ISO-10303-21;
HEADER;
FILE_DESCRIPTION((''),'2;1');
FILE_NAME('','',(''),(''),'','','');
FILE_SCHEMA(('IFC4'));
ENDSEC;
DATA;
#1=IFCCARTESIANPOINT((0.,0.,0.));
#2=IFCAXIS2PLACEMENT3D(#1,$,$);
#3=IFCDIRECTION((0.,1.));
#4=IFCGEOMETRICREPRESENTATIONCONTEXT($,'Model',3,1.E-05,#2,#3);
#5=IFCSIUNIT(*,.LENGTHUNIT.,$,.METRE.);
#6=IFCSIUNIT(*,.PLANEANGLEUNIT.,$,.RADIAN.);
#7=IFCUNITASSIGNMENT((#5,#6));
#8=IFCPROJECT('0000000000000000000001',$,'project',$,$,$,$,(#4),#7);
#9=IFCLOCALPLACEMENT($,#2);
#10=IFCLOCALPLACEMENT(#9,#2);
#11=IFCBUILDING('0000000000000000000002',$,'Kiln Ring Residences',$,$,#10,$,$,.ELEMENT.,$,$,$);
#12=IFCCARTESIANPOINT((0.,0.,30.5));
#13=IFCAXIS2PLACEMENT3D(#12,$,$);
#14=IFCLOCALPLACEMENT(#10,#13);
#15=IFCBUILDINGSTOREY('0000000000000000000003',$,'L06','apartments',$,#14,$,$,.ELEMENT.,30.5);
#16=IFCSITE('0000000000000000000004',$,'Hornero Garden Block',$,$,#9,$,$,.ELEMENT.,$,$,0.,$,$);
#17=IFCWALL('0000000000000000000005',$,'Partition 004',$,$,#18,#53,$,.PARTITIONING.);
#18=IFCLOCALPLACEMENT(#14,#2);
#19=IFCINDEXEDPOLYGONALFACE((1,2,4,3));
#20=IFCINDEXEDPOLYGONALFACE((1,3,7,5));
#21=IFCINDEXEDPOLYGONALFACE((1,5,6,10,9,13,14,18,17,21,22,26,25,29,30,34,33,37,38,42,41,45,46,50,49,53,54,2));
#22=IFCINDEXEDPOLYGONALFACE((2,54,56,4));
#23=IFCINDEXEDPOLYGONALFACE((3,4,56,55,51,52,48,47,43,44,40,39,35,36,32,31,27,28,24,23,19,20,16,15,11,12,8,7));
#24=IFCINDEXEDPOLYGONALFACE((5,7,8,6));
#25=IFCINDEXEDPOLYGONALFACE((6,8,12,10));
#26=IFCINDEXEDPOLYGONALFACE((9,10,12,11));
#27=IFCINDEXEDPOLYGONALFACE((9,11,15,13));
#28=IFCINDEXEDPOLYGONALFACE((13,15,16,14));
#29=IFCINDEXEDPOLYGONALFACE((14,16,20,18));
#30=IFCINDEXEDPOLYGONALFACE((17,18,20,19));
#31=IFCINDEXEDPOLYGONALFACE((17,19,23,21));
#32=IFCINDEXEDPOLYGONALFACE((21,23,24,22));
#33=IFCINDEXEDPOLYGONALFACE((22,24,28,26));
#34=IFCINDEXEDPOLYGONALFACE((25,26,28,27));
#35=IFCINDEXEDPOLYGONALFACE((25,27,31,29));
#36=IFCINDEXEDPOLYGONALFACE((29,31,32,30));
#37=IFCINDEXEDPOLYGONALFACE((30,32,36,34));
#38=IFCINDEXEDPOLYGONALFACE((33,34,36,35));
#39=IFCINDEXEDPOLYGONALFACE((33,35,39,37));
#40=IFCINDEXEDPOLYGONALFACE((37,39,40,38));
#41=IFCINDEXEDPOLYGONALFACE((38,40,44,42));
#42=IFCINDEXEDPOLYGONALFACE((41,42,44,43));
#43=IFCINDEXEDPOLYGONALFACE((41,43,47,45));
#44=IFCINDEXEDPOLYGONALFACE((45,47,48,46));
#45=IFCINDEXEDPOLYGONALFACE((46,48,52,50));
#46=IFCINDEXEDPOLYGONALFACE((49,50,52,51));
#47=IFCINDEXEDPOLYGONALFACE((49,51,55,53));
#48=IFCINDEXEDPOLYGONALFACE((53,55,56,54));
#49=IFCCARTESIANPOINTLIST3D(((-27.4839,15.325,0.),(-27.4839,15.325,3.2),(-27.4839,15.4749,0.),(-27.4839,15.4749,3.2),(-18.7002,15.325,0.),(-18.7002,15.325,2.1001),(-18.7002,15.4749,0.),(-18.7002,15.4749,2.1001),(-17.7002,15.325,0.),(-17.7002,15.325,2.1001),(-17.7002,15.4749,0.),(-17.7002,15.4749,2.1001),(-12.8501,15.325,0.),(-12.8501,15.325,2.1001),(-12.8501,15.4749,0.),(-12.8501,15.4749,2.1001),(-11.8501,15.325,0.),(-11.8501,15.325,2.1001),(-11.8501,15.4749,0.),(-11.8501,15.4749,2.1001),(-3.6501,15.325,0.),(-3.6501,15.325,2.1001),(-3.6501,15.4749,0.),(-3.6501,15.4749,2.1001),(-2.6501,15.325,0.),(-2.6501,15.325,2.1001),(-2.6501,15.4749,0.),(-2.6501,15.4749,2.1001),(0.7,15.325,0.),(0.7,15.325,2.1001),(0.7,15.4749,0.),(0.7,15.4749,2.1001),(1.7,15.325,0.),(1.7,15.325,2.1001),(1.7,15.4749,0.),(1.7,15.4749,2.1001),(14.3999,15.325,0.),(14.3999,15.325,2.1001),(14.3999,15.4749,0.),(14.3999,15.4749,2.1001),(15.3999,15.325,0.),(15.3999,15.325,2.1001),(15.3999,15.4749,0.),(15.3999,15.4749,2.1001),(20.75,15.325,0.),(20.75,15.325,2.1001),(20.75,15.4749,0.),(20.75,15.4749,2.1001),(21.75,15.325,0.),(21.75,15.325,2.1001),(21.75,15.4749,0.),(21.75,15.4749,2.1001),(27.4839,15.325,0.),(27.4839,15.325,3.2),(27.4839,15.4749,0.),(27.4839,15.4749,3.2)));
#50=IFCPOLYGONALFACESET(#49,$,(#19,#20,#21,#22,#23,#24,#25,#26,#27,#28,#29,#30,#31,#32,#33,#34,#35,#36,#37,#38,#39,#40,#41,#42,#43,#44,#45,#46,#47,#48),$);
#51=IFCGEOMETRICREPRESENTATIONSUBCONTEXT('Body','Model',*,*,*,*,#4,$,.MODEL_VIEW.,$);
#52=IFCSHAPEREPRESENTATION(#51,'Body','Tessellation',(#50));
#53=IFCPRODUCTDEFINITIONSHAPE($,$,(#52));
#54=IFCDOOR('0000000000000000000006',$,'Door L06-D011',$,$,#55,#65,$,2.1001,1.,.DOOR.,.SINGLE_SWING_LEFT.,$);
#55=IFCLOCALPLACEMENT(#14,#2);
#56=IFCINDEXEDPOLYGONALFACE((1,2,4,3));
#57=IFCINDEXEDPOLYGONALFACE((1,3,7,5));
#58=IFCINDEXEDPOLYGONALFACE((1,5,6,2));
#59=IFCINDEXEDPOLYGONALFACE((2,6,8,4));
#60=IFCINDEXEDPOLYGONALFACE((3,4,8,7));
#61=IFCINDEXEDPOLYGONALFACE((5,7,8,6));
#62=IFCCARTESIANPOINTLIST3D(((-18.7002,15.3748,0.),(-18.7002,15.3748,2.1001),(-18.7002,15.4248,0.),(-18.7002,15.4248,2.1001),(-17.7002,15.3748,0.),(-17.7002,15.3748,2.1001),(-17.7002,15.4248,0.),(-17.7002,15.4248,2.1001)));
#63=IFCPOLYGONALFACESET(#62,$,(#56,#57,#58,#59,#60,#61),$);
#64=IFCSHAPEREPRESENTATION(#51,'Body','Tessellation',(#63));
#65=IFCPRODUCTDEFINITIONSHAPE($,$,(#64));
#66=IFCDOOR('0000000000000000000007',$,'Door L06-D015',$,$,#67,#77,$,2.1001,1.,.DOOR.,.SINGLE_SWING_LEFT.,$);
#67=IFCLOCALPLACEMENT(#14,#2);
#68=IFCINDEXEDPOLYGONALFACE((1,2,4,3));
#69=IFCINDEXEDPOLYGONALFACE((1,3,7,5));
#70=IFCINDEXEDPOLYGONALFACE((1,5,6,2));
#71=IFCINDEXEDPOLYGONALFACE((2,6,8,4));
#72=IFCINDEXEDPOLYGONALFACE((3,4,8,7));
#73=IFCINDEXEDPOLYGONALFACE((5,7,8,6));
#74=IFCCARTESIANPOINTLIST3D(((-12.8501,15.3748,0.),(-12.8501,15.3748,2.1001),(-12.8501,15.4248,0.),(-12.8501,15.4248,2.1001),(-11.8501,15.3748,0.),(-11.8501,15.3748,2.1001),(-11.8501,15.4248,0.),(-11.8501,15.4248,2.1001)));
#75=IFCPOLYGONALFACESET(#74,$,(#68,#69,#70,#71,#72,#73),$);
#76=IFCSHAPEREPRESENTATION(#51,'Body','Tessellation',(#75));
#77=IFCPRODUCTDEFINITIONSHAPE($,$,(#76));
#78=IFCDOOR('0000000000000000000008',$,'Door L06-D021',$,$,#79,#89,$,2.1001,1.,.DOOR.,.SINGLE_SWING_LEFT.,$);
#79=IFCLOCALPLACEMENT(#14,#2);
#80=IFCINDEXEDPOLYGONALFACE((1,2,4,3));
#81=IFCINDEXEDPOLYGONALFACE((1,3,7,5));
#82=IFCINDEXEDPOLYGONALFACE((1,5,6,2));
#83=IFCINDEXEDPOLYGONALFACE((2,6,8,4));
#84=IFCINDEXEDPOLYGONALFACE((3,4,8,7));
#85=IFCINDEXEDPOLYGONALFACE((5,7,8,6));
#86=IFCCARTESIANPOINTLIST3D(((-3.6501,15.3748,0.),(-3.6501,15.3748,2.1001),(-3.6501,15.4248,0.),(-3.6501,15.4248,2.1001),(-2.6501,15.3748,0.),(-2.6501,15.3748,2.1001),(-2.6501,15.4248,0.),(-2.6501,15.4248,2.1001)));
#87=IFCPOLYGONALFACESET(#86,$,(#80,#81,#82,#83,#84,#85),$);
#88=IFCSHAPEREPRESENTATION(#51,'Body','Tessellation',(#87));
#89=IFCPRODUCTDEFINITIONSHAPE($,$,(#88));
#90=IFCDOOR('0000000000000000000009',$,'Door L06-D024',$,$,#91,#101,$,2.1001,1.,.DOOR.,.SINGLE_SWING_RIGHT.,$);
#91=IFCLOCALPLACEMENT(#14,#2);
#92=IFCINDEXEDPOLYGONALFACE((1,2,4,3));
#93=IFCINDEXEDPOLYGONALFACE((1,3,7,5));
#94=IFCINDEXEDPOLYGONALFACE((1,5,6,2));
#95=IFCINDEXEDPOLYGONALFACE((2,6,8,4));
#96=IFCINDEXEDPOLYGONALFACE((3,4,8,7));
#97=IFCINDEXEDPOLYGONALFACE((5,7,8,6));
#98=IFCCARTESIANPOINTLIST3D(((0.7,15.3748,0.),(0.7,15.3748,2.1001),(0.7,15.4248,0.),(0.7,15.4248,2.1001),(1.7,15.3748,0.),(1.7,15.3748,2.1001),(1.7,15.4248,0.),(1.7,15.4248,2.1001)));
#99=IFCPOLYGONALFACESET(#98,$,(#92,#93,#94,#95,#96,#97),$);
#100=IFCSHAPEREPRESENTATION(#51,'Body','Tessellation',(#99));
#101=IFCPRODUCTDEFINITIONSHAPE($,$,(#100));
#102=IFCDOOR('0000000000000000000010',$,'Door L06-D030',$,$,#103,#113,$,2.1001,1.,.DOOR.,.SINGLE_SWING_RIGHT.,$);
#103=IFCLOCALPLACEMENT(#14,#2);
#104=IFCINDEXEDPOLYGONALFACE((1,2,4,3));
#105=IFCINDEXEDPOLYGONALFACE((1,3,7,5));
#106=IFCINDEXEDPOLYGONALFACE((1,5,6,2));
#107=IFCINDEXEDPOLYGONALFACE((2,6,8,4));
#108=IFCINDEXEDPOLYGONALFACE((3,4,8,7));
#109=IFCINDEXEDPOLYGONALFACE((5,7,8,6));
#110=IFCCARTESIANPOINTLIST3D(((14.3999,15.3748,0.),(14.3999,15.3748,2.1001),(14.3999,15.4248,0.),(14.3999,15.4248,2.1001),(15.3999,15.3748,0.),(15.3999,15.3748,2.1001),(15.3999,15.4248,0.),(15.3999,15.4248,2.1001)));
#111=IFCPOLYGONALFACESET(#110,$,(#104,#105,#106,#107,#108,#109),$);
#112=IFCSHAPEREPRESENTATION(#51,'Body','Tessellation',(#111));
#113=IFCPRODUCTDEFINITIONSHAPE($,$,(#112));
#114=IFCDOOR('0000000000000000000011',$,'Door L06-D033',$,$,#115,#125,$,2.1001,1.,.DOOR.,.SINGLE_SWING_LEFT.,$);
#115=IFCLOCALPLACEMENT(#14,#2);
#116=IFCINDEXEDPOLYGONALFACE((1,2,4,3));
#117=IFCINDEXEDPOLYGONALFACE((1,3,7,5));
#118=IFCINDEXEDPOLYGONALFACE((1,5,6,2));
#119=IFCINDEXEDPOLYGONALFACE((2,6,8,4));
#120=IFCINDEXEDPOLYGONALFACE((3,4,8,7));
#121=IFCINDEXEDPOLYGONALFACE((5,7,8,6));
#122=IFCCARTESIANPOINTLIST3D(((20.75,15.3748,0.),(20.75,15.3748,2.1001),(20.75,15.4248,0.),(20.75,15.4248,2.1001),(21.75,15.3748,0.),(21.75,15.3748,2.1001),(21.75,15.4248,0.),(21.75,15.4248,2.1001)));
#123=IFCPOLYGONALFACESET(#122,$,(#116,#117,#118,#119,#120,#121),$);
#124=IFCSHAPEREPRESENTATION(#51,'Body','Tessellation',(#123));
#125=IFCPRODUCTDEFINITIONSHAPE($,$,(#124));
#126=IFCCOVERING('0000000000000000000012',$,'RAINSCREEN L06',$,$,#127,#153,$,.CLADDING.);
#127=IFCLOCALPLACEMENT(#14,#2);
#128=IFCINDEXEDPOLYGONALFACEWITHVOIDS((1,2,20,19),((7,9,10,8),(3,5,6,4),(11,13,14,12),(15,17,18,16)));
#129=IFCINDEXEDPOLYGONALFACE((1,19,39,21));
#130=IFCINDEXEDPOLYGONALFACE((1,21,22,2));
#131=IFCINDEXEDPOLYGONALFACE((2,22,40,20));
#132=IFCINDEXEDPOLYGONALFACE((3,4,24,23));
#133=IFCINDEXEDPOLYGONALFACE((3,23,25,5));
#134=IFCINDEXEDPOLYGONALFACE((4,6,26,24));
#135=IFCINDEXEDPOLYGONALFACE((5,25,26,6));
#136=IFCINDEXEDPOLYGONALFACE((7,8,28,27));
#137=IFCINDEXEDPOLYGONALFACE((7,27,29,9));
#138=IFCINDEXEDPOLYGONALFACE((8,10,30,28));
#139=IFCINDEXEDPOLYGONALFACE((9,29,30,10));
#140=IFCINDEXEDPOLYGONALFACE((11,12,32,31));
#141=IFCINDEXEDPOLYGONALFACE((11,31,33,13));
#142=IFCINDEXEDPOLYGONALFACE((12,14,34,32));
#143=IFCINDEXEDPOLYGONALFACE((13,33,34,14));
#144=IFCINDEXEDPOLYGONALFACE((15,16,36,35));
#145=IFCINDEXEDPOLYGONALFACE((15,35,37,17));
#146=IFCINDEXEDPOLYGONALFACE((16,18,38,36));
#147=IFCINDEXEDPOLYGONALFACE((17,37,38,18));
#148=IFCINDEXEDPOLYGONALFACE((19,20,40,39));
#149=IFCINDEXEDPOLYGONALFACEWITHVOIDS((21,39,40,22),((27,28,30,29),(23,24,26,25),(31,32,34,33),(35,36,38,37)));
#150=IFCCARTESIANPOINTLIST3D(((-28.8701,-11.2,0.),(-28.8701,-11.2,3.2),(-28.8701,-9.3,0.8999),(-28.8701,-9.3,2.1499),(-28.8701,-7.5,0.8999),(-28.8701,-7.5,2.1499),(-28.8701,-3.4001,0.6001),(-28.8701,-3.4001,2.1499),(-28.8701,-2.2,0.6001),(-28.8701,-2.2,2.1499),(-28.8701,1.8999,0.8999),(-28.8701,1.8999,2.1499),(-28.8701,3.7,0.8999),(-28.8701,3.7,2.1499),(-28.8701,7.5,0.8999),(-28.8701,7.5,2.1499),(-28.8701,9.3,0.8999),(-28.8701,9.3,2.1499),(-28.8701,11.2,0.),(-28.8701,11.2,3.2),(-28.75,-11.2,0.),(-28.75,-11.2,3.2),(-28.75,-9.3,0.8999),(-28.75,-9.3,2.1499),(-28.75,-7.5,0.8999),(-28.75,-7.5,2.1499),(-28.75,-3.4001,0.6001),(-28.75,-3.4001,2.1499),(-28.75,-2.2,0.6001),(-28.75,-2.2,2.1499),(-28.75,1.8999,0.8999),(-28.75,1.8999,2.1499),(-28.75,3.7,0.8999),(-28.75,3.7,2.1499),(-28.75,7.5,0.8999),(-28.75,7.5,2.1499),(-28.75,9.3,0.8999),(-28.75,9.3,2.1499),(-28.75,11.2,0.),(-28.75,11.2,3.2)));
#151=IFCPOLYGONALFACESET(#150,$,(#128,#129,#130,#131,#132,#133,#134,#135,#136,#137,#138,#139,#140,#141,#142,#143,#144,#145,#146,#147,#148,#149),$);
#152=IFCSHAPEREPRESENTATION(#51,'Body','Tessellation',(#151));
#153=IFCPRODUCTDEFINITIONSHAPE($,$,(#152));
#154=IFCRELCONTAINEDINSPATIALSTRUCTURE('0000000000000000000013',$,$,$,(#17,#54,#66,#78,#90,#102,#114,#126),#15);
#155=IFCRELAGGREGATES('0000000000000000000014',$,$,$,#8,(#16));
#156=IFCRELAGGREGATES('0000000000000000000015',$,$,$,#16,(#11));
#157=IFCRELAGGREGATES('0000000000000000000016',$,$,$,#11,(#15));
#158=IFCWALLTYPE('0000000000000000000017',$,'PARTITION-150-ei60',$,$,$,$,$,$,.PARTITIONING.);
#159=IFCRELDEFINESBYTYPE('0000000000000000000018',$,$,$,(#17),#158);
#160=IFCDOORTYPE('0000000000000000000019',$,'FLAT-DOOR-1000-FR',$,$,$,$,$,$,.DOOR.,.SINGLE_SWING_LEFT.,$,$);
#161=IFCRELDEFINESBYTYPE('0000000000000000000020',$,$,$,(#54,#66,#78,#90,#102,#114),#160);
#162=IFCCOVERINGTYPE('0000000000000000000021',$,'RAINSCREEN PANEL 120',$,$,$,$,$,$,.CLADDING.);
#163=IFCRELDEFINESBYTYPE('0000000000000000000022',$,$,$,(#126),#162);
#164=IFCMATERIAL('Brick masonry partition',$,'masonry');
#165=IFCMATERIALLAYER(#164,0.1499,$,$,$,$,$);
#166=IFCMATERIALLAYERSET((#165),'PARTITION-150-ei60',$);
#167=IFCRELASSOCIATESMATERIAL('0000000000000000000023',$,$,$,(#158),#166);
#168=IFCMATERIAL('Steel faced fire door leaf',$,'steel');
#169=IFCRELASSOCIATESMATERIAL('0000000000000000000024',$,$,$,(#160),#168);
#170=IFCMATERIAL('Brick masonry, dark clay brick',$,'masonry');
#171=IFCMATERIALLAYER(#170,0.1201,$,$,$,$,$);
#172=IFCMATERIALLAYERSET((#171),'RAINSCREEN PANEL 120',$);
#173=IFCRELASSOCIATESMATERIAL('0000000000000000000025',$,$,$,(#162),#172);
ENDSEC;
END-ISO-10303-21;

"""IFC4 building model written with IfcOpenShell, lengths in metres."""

from ifc_helpers import new_model, si_unit, direction, frame, frame_2d, origin, place, context, subcontext, project, spatial, polyline, rectangle, outline, extrude, material, layer, layer_set, type_object, element, fill, save


model = new_model("IFC4")

# Units and contexts
model_context = context("Model", 3, precision=1e-05, world=origin(), true_north=direction((0.0, 1.0)))
body_context = subcontext(model_context, "Body", "Model", "MODEL_VIEW")
ifc_project = project(units=[si_unit("LENGTHUNIT", "METRE"), si_unit("PLANEANGLEUNIT", "RADIAN")], contexts=[model_context])

# Site, building, storey
site_placement = place(None, origin())
site = spatial("IfcSite", under=ifc_project, at=site_placement, Name="Hornero Garden Block", CompositionType="ELEMENT", RefElevation=0.0)
building_placement = place(site_placement, origin())
building = spatial("IfcBuilding", under=site, at=building_placement, Name="Kiln Ring Residences", CompositionType="ELEMENT")
storey_placement = place(building_placement, frame((0.0, 0.0, 30.5)))
storey = spatial("IfcBuildingStorey", under=building, at=storey_placement, Name="L06", Description="apartments", CompositionType="ELEMENT", Elevation=30.5)

# Wall, openings, doors
ifc_material_1 = material(Name="Brick masonry partition", Category="masonry")
ifc_layer_1 = layer(ifc_material_1, 0.1499)
ifc_layer_set_1 = layer_set([ifc_layer_1], Name="PARTITION-150-ei60")
wall_type_1 = type_object("IfcWallType", Name="PARTITION-150-ei60", PredefinedType="PARTITIONING", material=ifc_layer_set_1)
wall_1_placement = place(storey_placement, frame((-27.4839, 15.3999, 0.0), z_axis=(0.0, 0.0, 1.0), x_axis=(1.0, 0.0, 0.0)))
wall_1 = element("IfcWall", 1, at=wall_1_placement, inside=storey, type_object=wall_type_1, Name="Partition 004", PredefinedType="PARTITIONING", context=body_context, shape_type="SweptSolid", body=[
    extrude(rectangle(XDim=54.9678, YDim=0.1499, at=frame_2d((27.4839, 0.0))), origin(), (0.0, 0.0, 1.0), 3.2),
])
opening_1_placement = place(wall_1_placement, frame((8.7837, 0.0, 0.0)))
opening_1 = element("IfcOpeningElement", 2, at=opening_1_placement, cuts=wall_1, PredefinedType="OPENING", context=body_context, shape_type="SweptSolid", body=[
    extrude(rectangle(XDim=1.0, YDim=2.1001, at=frame_2d((0.5, 1.05))), frame((0.0, 0.085, 0.0), z_axis=(0.0, -1.0, 0.0), x_axis=(1.0, 0.0, 0.0)), (0.0, 0.0, 1.0), 0.1699),
])
opening_2_placement = place(wall_1_placement, frame((14.6338, 0.0, 0.0)))
opening_2 = element("IfcOpeningElement", 3, at=opening_2_placement, cuts=wall_1, PredefinedType="OPENING", context=body_context, shape_type="SweptSolid", body=[
    extrude(rectangle(XDim=1.0, YDim=2.1001, at=frame_2d((0.5, 1.05))), frame((0.0, 0.085, 0.0), z_axis=(0.0, -1.0, 0.0), x_axis=(1.0, 0.0, 0.0)), (0.0, 0.0, 1.0), 0.1699),
])
opening_3_placement = place(wall_1_placement, frame((23.8337, 0.0, 0.0)))
opening_3 = element("IfcOpeningElement", 4, at=opening_3_placement, cuts=wall_1, PredefinedType="OPENING", context=body_context, shape_type="SweptSolid", body=[
    extrude(rectangle(XDim=1.0, YDim=2.1001, at=frame_2d((0.5, 1.05))), frame((0.0, 0.085, 0.0), z_axis=(0.0, -1.0, 0.0), x_axis=(1.0, 0.0, 0.0)), (0.0, 0.0, 1.0), 0.1699),
])
opening_4_placement = place(wall_1_placement, frame((28.1838, 0.0, 0.0)))
opening_4 = element("IfcOpeningElement", 5, at=opening_4_placement, cuts=wall_1, PredefinedType="OPENING", context=body_context, shape_type="SweptSolid", body=[
    extrude(rectangle(XDim=1.0, YDim=2.1001, at=frame_2d((0.5, 1.05))), frame((0.0, 0.085, 0.0), z_axis=(0.0, -1.0, 0.0), x_axis=(1.0, 0.0, 0.0)), (0.0, 0.0, 1.0), 0.1699),
])
opening_5_placement = place(wall_1_placement, frame((41.8838, 0.0, 0.0)))
opening_5 = element("IfcOpeningElement", 6, at=opening_5_placement, cuts=wall_1, PredefinedType="OPENING", context=body_context, shape_type="SweptSolid", body=[
    extrude(rectangle(XDim=1.0, YDim=2.1001, at=frame_2d((0.5, 1.05))), frame((0.0, 0.085, 0.0), z_axis=(0.0, -1.0, 0.0), x_axis=(1.0, 0.0, 0.0)), (0.0, 0.0, 1.0), 0.1699),
])
opening_6_placement = place(wall_1_placement, frame((48.2339, 0.0, 0.0)))
opening_6 = element("IfcOpeningElement", 7, at=opening_6_placement, cuts=wall_1, PredefinedType="OPENING", context=body_context, shape_type="SweptSolid", body=[
    extrude(rectangle(XDim=1.0, YDim=2.1001, at=frame_2d((0.5, 1.05))), frame((0.0, 0.085, 0.0), z_axis=(0.0, -1.0, 0.0), x_axis=(1.0, 0.0, 0.0)), (0.0, 0.0, 1.0), 0.1699),
])
ifc_material_2 = material(Name="Steel faced fire door leaf", Category="steel")
door_type = type_object("IfcDoorType", Name="FLAT-DOOR-1000-FR", OperationType="SINGLE_SWING_LEFT", PredefinedType="DOOR", material=ifc_material_2)
door_1_placement = place(opening_1_placement, origin())
door_1 = element("IfcDoor", 8, at=door_1_placement, inside=storey, type_object=door_type, Name="Door L06-D011", OperationType="SINGLE_SWING_LEFT", OverallHeight=2.1001, OverallWidth=1.0, PredefinedType="DOOR", context=body_context, shape_type="SweptSolid", body=[
    extrude(rectangle(XDim=1.0, YDim=2.1001, at=frame_2d((0.5, 1.05))), frame((0.0, 0.0249, 0.0), z_axis=(0.0, -1.0, 0.0), x_axis=(1.0, 0.0, 0.0)), (0.0, 0.0, 1.0), 0.05),
])
fill(opening_1, door_1)
door_2_placement = place(opening_2_placement, origin())
door_2 = element("IfcDoor", 9, at=door_2_placement, inside=storey, type_object=door_type, Name="Door L06-D015", OperationType="SINGLE_SWING_LEFT", OverallHeight=2.1001, OverallWidth=1.0, PredefinedType="DOOR", context=body_context, shape_type="SweptSolid", body=[
    extrude(rectangle(XDim=1.0, YDim=2.1001, at=frame_2d((0.5, 1.05))), frame((0.0, 0.0249, 0.0), z_axis=(0.0, -1.0, 0.0), x_axis=(1.0, 0.0, 0.0)), (0.0, 0.0, 1.0), 0.05),
])
fill(opening_2, door_2)
door_3_placement = place(opening_3_placement, origin())
door_3 = element("IfcDoor", 10, at=door_3_placement, inside=storey, type_object=door_type, Name="Door L06-D021", OperationType="SINGLE_SWING_LEFT", OverallHeight=2.1001, OverallWidth=1.0, PredefinedType="DOOR", context=body_context, shape_type="SweptSolid", body=[
    extrude(rectangle(XDim=1.0, YDim=2.1001, at=frame_2d((0.5, 1.05))), frame((0.0, 0.0249, 0.0), z_axis=(0.0, -1.0, 0.0), x_axis=(1.0, 0.0, 0.0)), (0.0, 0.0, 1.0), 0.05),
])
fill(opening_3, door_3)
door_4_placement = place(opening_4_placement, origin())
door_4 = element("IfcDoor", 11, at=door_4_placement, inside=storey, type_object=door_type, Name="Door L06-D024", OperationType="SINGLE_SWING_RIGHT", OverallHeight=2.1001, OverallWidth=1.0, PredefinedType="DOOR", context=body_context, shape_type="SweptSolid", body=[
    extrude(rectangle(XDim=1.0, YDim=2.1001, at=frame_2d((0.5, 1.05))), frame((0.0, 0.0249, 0.0), z_axis=(0.0, -1.0, 0.0), x_axis=(1.0, 0.0, 0.0)), (0.0, 0.0, 1.0), 0.05),
])
fill(opening_4, door_4)
door_5_placement = place(opening_5_placement, origin())
door_5 = element("IfcDoor", 12, at=door_5_placement, inside=storey, type_object=door_type, Name="Door L06-D030", OperationType="SINGLE_SWING_RIGHT", OverallHeight=2.1001, OverallWidth=1.0, PredefinedType="DOOR", context=body_context, shape_type="SweptSolid", body=[
    extrude(rectangle(XDim=1.0, YDim=2.1001, at=frame_2d((0.5, 1.05))), frame((0.0, 0.0249, 0.0), z_axis=(0.0, -1.0, 0.0), x_axis=(1.0, 0.0, 0.0)), (0.0, 0.0, 1.0), 0.05),
])
fill(opening_5, door_5)
door_6_placement = place(opening_6_placement, origin())
door_6 = element("IfcDoor", 13, at=door_6_placement, inside=storey, type_object=door_type, Name="Door L06-D033", OperationType="SINGLE_SWING_LEFT", OverallHeight=2.1001, OverallWidth=1.0, PredefinedType="DOOR", context=body_context, shape_type="SweptSolid", body=[
    extrude(rectangle(XDim=1.0, YDim=2.1001, at=frame_2d((0.5, 1.05))), frame((0.0, 0.0249, 0.0), z_axis=(0.0, -1.0, 0.0), x_axis=(1.0, 0.0, 0.0)), (0.0, 0.0, 1.0), 0.05),
])
fill(opening_6, door_6)

# Covering
ifc_material_3 = material(Name="Brick masonry, dark clay brick", Category="masonry")
ifc_layer_2 = layer(ifc_material_3, 0.1201)
ifc_layer_set_2 = layer_set([ifc_layer_2], Name="RAINSCREEN PANEL 120")
covering_type = type_object("IfcCoveringType", Name="RAINSCREEN PANEL 120", PredefinedType="CLADDING", material=ifc_layer_set_2)
covering_placement = place(storey_placement, frame((-28.8101, 11.2, 0.0), z_axis=(0.0, 0.0, 1.0), x_axis=(0.0, -1.0, 0.0)))
element("IfcCovering", 14, at=covering_placement, inside=storey, type_object=covering_type, Name="RAINSCREEN L06", PredefinedType="CLADDING", context=body_context, shape_type="SweptSolid", body=[
    extrude(outline(polyline([(0.0, 0.0), (22.3999, 0.0), (22.3999, 3.2), (0.0, 3.2), (0.0, 0.0)]), holes=[polyline([(14.6001, 0.6001), (14.6001, 2.1499), (13.3999, 2.1499), (13.3999, 0.6001), (14.6001, 0.6001)]), polyline([(3.7, 0.8999), (3.7, 2.1499), (1.8999, 2.1499), (1.8999, 0.8999), (3.7, 0.8999)]), polyline([(9.3, 0.8999), (9.3, 2.1499), (7.5, 2.1499), (7.5, 0.8999), (9.3, 0.8999)]), polyline([(20.5, 0.8999), (20.5, 2.1499), (18.7, 2.1499), (18.7, 0.8999), (20.5, 0.8999)])]), frame((0.0, 0.0601, 0.0), z_axis=(0.0, -1.0, 0.0), x_axis=(1.0, 0.0, 0.0)), (0.0, 0.0, 1.0), 0.1201),
])

save(model, "model.ifc")
